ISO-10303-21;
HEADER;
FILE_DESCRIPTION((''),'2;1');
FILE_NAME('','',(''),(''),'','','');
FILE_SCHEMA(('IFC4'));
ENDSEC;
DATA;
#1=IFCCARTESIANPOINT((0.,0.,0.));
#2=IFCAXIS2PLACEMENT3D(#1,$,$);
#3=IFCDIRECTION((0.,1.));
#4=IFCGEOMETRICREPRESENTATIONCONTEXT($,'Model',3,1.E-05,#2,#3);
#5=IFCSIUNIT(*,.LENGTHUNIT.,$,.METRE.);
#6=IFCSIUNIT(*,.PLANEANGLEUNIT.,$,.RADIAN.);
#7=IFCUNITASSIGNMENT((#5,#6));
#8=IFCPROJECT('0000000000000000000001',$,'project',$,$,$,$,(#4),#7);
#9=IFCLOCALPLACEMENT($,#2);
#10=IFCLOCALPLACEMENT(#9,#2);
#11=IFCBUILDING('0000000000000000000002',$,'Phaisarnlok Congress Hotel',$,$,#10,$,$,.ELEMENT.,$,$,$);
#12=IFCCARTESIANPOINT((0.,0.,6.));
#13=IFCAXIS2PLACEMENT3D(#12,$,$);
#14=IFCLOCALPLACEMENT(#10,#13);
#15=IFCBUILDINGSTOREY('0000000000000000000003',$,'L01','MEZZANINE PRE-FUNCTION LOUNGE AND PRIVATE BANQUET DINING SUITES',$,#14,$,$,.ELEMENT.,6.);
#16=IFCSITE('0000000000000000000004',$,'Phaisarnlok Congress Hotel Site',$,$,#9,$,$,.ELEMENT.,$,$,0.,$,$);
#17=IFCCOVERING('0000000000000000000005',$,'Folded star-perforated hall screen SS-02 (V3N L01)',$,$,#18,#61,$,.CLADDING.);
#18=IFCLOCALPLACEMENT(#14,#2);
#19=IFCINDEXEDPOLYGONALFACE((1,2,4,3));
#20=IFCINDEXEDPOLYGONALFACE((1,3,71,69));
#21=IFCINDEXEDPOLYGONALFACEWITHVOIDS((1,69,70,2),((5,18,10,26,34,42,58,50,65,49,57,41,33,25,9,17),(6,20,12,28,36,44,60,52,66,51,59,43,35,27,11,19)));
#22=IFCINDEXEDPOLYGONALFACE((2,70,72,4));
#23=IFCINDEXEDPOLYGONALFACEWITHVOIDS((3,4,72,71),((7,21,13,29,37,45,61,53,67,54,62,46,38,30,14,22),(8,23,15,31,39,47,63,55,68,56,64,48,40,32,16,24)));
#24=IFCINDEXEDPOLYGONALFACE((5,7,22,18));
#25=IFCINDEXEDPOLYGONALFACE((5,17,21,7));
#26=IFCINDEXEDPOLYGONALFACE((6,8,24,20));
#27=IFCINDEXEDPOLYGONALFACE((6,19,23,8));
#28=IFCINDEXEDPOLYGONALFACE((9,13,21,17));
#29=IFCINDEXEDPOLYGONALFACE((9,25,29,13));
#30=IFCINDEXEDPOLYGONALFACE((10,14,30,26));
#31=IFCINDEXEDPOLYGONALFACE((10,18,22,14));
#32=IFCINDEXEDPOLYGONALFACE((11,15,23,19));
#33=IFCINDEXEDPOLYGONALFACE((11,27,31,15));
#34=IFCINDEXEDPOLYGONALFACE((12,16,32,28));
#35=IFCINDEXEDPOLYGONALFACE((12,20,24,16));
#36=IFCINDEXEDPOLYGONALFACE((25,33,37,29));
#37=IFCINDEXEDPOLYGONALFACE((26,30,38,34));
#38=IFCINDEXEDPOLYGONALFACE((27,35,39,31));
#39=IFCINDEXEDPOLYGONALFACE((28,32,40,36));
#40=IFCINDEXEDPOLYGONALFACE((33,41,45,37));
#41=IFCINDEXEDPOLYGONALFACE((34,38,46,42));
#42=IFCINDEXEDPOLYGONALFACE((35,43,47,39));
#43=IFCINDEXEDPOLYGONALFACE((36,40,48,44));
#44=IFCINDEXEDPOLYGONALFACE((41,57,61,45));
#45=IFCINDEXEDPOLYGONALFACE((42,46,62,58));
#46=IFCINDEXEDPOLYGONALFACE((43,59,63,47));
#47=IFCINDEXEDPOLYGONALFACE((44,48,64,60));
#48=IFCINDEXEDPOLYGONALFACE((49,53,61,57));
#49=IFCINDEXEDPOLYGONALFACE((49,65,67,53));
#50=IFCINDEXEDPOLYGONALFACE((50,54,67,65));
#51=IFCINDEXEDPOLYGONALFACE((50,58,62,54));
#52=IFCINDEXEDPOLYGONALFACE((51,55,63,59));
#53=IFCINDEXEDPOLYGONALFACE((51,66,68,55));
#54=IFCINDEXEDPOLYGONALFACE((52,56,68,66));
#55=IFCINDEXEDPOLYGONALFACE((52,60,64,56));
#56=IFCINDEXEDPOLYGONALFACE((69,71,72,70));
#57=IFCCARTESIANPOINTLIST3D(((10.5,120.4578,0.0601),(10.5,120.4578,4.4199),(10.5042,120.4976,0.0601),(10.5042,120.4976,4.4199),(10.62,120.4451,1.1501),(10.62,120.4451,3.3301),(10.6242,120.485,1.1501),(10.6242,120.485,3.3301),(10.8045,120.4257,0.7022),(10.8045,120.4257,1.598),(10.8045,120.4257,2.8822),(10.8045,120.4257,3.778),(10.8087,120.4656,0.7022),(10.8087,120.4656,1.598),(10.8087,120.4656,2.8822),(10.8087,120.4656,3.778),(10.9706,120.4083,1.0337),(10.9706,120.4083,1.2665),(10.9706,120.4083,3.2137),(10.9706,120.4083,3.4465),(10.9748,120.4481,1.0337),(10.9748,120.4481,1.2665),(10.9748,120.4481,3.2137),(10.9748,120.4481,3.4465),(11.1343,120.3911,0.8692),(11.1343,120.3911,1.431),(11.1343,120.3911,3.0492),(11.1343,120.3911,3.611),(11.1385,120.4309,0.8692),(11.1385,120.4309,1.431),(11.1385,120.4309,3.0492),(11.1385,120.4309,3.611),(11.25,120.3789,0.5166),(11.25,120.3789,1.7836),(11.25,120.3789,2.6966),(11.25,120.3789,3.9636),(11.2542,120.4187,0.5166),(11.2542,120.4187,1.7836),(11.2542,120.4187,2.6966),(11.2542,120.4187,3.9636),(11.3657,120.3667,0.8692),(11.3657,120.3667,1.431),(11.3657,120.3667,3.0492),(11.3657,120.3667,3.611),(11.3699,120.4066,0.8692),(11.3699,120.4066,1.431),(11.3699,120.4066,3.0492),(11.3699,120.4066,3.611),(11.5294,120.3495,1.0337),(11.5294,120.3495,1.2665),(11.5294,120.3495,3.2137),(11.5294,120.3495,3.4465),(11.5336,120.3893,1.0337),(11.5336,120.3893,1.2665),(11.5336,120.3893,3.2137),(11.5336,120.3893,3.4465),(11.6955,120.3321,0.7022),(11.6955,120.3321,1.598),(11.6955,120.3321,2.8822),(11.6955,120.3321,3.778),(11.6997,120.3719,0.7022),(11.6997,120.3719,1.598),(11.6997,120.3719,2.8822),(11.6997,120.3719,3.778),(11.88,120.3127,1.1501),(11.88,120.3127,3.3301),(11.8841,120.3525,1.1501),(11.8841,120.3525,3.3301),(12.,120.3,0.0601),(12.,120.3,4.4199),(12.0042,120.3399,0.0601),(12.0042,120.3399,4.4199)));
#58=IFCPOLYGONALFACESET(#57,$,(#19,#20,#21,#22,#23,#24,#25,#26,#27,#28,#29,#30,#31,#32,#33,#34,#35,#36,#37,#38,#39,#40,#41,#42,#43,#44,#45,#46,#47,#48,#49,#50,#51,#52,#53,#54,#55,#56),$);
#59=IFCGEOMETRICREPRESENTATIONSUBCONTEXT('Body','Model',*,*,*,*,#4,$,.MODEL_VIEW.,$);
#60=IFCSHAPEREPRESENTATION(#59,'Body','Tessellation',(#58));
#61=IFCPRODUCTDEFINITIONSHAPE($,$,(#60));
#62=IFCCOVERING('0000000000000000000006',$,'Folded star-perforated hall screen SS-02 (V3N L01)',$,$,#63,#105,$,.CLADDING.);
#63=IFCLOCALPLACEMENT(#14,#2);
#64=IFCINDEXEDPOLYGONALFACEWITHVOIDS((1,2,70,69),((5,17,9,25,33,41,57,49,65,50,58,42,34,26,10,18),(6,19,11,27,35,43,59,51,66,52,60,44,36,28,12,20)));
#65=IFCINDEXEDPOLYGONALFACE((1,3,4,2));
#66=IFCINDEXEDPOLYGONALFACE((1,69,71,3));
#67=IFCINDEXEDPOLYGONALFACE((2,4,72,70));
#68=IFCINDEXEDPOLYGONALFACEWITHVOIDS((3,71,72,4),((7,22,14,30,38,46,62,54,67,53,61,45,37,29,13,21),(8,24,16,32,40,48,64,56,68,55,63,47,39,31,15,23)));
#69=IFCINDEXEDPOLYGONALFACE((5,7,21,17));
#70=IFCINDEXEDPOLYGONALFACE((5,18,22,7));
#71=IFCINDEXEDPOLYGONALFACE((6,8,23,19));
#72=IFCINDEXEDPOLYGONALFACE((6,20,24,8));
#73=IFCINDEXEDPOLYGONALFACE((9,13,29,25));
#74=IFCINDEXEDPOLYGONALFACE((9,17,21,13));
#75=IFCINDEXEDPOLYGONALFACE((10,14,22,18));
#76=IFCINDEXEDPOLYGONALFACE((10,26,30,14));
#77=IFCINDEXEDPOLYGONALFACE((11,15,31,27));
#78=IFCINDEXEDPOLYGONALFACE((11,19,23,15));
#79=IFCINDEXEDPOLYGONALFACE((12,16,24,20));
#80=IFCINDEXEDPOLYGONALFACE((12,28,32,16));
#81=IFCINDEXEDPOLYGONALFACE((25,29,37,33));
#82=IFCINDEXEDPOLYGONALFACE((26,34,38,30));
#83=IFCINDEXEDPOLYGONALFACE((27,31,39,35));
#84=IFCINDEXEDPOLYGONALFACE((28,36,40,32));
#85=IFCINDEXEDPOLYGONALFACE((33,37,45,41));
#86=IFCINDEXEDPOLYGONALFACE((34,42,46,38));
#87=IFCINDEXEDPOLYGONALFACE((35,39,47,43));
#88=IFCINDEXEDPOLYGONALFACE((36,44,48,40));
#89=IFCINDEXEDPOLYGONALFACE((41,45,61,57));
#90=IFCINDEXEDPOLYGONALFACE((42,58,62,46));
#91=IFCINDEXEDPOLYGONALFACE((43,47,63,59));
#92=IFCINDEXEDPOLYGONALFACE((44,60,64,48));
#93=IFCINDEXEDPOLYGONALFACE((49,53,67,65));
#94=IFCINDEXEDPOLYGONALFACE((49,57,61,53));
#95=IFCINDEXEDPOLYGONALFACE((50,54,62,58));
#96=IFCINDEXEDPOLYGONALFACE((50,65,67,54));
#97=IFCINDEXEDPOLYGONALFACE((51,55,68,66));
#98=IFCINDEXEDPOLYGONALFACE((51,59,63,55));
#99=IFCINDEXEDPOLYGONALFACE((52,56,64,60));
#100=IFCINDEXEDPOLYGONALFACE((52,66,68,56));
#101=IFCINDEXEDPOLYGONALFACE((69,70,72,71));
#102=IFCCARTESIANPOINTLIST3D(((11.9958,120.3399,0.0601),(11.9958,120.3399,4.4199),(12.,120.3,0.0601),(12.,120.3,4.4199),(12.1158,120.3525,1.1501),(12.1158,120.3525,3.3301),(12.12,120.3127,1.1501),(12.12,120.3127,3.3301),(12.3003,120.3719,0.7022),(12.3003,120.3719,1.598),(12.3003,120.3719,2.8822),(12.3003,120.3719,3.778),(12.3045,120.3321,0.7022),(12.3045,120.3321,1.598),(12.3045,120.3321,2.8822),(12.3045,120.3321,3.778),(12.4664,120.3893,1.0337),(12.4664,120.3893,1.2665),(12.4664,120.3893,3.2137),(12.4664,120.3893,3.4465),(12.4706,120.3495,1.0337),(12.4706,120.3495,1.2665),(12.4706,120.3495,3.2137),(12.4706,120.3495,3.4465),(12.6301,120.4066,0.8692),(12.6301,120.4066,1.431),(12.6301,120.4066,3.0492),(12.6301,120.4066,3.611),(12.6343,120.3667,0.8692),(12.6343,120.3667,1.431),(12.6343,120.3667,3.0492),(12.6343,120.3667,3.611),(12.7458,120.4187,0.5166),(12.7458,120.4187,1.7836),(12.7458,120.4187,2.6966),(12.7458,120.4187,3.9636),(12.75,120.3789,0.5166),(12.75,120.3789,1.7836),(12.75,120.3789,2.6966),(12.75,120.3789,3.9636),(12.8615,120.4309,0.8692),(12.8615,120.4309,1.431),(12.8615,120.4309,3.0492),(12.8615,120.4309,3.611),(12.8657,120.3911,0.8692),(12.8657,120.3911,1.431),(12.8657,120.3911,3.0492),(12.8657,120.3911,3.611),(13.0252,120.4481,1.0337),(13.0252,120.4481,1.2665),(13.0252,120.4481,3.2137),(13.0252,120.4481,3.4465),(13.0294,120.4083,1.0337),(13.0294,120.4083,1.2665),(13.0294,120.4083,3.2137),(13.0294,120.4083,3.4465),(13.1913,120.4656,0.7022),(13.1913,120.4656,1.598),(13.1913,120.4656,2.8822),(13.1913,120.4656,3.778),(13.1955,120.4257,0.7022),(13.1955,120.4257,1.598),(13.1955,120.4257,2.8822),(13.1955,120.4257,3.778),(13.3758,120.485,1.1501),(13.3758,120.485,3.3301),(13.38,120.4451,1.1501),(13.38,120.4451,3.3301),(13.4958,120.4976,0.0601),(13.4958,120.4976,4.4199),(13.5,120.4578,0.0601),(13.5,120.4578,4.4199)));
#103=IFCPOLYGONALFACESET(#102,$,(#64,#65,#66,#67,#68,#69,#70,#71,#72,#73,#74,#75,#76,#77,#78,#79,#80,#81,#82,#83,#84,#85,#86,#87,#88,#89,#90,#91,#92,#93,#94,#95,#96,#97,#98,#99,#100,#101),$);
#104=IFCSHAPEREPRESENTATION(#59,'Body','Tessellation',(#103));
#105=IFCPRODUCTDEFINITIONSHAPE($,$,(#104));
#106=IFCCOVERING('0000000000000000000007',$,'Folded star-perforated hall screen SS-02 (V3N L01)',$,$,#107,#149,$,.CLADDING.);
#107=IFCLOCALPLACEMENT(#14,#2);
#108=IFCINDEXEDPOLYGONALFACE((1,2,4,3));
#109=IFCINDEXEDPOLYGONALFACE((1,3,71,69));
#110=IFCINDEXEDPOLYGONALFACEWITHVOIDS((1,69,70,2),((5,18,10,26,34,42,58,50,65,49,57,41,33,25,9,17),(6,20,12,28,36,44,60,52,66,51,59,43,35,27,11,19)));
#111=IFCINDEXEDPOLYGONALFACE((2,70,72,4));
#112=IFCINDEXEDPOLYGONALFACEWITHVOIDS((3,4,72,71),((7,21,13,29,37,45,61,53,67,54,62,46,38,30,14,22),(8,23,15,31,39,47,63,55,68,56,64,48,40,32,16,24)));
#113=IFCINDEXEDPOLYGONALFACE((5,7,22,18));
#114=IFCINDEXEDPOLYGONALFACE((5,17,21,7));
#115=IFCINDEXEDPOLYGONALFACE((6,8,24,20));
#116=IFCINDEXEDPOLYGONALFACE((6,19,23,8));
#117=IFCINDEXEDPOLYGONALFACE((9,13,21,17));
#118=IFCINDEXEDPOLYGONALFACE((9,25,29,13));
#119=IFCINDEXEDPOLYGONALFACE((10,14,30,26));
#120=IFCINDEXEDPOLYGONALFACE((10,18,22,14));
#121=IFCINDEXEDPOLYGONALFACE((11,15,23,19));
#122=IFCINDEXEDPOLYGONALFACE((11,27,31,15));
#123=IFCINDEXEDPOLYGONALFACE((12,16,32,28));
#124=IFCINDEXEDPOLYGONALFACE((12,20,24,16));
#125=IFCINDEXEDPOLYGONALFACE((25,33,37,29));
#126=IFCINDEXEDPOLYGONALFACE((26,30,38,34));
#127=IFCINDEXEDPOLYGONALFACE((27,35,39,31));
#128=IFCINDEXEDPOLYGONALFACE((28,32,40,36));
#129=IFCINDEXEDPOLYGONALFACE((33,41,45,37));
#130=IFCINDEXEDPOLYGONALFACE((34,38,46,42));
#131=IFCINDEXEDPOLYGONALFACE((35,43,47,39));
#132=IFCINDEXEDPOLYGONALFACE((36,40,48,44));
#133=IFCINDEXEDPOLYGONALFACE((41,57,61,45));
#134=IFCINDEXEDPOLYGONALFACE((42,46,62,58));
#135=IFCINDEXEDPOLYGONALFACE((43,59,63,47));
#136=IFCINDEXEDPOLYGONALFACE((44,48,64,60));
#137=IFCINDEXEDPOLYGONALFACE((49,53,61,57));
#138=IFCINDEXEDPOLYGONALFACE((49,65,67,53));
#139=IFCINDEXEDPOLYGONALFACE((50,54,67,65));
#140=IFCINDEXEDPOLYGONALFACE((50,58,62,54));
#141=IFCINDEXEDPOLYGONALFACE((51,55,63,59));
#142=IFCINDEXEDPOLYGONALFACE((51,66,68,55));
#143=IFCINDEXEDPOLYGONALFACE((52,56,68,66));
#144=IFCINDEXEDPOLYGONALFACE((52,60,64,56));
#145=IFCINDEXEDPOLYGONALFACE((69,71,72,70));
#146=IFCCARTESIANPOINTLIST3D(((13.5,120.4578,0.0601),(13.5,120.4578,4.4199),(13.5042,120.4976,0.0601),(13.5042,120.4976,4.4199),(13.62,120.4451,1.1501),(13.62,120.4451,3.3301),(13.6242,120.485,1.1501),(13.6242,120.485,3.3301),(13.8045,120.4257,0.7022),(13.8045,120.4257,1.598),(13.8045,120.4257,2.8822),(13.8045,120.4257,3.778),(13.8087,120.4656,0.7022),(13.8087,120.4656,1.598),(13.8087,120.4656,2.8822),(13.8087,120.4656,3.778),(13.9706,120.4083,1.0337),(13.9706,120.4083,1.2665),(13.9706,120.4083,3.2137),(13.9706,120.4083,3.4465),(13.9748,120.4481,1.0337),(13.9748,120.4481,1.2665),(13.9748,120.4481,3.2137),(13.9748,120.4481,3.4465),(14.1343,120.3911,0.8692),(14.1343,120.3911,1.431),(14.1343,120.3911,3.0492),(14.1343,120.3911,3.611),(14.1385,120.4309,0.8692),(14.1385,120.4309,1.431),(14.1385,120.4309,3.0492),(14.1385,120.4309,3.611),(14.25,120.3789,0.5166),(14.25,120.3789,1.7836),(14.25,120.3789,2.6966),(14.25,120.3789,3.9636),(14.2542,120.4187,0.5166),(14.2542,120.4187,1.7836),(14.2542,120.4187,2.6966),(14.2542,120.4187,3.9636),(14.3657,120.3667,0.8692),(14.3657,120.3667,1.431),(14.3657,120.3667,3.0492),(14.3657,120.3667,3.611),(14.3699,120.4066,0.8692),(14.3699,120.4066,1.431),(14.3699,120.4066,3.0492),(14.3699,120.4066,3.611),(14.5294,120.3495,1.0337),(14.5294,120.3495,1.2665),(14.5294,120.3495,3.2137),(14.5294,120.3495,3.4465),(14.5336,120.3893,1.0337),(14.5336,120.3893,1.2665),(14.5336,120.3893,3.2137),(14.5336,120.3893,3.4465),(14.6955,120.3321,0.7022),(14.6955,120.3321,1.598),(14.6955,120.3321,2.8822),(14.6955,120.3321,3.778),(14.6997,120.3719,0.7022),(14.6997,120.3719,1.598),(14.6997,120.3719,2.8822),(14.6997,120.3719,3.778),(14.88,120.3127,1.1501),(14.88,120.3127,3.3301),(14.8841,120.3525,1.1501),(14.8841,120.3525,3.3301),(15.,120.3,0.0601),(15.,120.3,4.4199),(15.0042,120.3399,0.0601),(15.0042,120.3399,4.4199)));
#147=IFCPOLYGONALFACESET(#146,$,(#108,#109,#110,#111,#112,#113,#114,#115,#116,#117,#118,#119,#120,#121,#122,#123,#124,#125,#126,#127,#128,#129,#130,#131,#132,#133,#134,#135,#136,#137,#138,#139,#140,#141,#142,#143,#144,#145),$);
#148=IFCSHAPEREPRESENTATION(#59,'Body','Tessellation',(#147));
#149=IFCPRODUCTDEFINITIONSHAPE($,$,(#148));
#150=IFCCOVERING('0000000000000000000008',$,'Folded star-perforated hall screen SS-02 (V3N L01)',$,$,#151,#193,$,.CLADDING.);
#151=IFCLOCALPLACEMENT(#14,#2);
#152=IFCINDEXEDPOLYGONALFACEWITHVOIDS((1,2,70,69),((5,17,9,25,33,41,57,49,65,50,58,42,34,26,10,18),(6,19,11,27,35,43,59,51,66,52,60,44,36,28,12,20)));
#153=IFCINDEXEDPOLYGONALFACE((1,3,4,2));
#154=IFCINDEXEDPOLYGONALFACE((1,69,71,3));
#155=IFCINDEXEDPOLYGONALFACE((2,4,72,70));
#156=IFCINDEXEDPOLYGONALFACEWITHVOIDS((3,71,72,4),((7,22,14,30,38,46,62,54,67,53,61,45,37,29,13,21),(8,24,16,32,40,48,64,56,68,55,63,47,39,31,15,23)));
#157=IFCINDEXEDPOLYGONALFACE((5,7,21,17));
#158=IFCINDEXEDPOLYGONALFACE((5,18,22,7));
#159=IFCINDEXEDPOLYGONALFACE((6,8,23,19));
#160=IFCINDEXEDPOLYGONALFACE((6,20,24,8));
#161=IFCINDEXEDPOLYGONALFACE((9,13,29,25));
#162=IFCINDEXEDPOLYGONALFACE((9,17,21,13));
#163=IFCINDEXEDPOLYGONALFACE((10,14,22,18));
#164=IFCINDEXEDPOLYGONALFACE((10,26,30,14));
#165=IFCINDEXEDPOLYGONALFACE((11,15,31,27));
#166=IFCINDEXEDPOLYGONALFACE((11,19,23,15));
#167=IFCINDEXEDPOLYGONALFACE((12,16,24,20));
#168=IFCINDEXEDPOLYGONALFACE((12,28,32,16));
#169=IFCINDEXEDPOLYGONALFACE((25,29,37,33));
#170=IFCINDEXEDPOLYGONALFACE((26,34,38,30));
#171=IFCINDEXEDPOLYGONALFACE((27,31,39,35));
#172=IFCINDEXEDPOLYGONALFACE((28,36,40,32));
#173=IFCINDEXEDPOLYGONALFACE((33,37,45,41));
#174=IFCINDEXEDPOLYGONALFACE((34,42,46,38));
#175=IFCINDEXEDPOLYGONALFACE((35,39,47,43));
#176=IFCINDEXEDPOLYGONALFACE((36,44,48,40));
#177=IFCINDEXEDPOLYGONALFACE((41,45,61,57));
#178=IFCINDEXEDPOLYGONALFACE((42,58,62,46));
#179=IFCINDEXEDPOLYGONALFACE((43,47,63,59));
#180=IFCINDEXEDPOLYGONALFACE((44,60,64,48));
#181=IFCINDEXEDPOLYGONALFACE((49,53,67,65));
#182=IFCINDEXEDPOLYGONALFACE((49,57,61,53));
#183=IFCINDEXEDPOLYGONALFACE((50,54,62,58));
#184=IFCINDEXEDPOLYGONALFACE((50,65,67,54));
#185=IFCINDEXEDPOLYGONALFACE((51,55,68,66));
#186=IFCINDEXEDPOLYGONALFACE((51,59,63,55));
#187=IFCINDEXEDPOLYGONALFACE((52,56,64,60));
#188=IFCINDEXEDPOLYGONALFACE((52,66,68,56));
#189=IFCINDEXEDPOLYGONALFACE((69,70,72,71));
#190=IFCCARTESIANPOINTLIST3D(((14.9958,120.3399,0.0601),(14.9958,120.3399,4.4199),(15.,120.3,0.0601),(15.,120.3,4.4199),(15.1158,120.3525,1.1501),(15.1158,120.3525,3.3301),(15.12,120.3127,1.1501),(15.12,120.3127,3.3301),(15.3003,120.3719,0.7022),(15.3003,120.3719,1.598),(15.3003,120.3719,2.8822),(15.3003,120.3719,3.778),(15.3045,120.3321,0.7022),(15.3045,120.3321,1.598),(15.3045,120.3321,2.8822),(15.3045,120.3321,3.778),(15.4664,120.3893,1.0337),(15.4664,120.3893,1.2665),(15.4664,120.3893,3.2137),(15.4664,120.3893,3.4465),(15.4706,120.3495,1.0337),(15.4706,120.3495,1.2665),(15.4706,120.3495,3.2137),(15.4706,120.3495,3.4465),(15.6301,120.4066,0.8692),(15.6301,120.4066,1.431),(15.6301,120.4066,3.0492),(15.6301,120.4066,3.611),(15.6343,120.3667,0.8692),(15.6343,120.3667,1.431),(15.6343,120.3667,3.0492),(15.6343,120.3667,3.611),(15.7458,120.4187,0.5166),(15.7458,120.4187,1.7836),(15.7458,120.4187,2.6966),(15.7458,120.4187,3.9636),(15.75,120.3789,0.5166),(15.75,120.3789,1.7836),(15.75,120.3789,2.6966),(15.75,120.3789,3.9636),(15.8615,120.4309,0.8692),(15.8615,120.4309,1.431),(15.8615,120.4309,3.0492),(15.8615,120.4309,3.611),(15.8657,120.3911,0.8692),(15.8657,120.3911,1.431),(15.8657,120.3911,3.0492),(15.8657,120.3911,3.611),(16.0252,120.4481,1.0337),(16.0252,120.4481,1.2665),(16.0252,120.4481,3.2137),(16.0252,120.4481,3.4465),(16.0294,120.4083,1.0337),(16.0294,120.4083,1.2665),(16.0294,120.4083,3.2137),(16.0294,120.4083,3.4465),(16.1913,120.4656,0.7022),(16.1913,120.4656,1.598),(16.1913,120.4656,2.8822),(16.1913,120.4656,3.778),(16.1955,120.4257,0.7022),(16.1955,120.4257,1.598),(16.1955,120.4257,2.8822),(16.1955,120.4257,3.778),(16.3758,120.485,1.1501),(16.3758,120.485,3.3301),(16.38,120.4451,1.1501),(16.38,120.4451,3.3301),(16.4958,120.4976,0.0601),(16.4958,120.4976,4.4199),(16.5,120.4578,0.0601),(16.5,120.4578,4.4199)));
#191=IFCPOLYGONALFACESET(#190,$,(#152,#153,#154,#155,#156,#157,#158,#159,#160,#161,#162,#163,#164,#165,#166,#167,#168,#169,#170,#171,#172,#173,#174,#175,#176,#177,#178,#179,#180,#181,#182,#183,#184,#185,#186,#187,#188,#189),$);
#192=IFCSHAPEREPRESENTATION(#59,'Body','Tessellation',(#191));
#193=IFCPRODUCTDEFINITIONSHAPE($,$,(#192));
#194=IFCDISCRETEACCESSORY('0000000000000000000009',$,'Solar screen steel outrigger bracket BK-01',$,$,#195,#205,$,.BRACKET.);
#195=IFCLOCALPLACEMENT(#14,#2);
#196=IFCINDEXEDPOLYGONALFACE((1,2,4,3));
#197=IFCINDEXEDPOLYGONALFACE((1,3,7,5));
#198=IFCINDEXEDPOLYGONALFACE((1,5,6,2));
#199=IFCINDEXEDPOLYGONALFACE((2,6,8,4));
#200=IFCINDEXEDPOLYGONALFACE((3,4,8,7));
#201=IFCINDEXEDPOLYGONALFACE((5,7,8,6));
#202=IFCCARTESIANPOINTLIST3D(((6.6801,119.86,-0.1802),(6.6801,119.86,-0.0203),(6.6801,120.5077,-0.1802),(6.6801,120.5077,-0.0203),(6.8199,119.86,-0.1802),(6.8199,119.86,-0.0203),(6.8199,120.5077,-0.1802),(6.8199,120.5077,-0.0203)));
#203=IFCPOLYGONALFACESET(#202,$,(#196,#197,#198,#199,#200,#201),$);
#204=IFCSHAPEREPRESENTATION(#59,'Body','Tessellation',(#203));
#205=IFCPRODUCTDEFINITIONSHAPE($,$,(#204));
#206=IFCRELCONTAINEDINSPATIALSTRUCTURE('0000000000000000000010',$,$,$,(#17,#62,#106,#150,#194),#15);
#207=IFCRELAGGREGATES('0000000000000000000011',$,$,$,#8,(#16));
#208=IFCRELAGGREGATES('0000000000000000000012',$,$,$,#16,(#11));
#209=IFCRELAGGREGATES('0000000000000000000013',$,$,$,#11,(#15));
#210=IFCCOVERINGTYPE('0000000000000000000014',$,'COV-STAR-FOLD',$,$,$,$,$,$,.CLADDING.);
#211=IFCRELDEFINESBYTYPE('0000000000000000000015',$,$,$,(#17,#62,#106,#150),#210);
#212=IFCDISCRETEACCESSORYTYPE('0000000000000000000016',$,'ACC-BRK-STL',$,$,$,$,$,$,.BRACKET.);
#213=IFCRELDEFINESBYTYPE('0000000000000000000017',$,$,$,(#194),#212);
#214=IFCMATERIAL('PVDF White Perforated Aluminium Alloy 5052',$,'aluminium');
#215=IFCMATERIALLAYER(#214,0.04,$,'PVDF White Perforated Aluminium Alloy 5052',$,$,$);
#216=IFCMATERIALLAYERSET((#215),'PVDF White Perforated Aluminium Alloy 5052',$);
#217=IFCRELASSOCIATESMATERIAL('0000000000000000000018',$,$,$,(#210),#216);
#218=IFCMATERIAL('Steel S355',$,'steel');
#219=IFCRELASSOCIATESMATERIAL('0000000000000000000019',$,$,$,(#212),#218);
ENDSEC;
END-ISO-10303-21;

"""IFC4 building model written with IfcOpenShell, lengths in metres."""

from ifc_helpers import new_model, si_unit, direction, frame, origin, origin_2d, place, context, subcontext, project, spatial, polyline, rectangle, outline, extrude, material, layer, layer_set, type_object, element, save


model = new_model("IFC4")

# Units and contexts
model_context = context("Model", 3, precision=1e-05, world=origin(), true_north=direction((0.0, 1.0)))
body_context = subcontext(model_context, "Body", "Model", "MODEL_VIEW")
ifc_project = project(units=[si_unit("LENGTHUNIT", "METRE"), si_unit("PLANEANGLEUNIT", "RADIAN")], contexts=[model_context])

# Site, building, storey
site_placement = place(None, origin())
site = spatial("IfcSite", under=ifc_project, at=site_placement, Name="Phaisarnlok Congress Hotel Site", CompositionType="ELEMENT", RefElevation=0.0)
building_placement = place(site_placement, origin())
building = spatial("IfcBuilding", under=site, at=building_placement, Name="Phaisarnlok Congress Hotel", CompositionType="ELEMENT")
storey_placement = place(building_placement, frame((0.0, 0.0, 6.0)))
storey = spatial("IfcBuildingStorey", under=building, at=storey_placement, Name="L01", Description="MEZZANINE PRE-FUNCTION LOUNGE AND PRIVATE BANQUET DINING SUITES", CompositionType="ELEMENT", Elevation=6.0)

# Coverings
ifc_material_1 = material(Name="PVDF White Perforated Aluminium Alloy 5052", Category="aluminium")
ifc_layer = layer(ifc_material_1, 0.04, Name="PVDF White Perforated Aluminium Alloy 5052")
ifc_layer_set = layer_set([ifc_layer], Name="PVDF White Perforated Aluminium Alloy 5052")
covering_type = type_object("IfcCoveringType", Name="COV-STAR-FOLD", PredefinedType="CLADDING", material=ifc_layer_set)
for number, where, z_axis, x_axis, name in (
    (1, (12.0, 120.3, 0.0601), (0.104567, 0.994518, 0.0), (-0.994518, 0.104567, 0.0), "Folded star-perforated hall screen SS-02 (V3N L01)"),
    (2, (13.5, 120.4578, 0.0601), (-0.104567, 0.994518, 0.0), (-0.994518, -0.104567, 0.0), "Folded star-perforated hall screen SS-02 (V3N L01)"),
    (3, (15.0, 120.3, 0.0601), (0.104567, 0.994518, 0.0), (-0.994518, 0.104567, 0.0), "Folded star-perforated hall screen SS-02 (V3N L01)"),
    (4, (16.5, 120.4578, 0.0601), (-0.104567, 0.994518, 0.0), (-0.994518, -0.104567, 0.0), "Folded star-perforated hall screen SS-02 (V3N L01)"),
):
    element("IfcCovering", number, at=place(storey_placement, frame(where, z_axis=z_axis, x_axis=x_axis)), inside=storey, type_object=covering_type, Name=name, PredefinedType="CLADDING", context=body_context, shape_type="SweptSolid", body=[
        extrude(outline(polyline([(0.0, 0.0), (1.5083, 0.0), (1.5083, 4.3599), (0.0, 4.3599), (0.0, 0.0)]), holes=[polyline([(1.0351, 0.9736), (1.2021, 0.6421), (0.8705, 0.8091), (0.7541, 0.4565), (0.6378, 0.8091), (0.3062, 0.6421), (0.4732, 0.9736), (0.1207, 1.09), (0.4732, 1.2064), (0.3062, 1.5379), (0.6378, 1.3709), (0.7541, 1.7235), (0.8705, 1.3709), (1.2021, 1.5379), (1.0351, 1.2064), (1.3876, 1.09), (1.0351, 0.9736)]), polyline([(1.0351, 3.1536), (1.2021, 2.8221), (0.8705, 2.9891), (0.7541, 2.6365), (0.6378, 2.9891), (0.3062, 2.8221), (0.4732, 3.1536), (0.1207, 3.27), (0.4732, 3.3864), (0.3062, 3.7179), (0.6378, 3.5509), (0.7541, 3.9035), (0.8705, 3.5509), (1.2021, 3.7179), (1.0351, 3.3864), (1.3876, 3.27), (1.0351, 3.1536)])]), origin(), (0.0, 0.0, 1.0), 0.04),
    ])

# Discrete accessory
ifc_material_2 = material(Name="Steel S355", Category="steel")
discrete_accessory_type = type_object("IfcDiscreteAccessoryType", Name="ACC-BRK-STL", PredefinedType="BRACKET", material=ifc_material_2)
for number, where, z_axis, x_axis, name in (
    (5, (6.75, 120.1838, -0.1802), (0.0, 0.0, 1.0), (1.0, 0.0, 0.0), "Solar screen steel outrigger bracket BK-01"),
):
    element("IfcDiscreteAccessory", number, at=place(storey_placement, frame(where, z_axis=z_axis, x_axis=x_axis)), inside=storey, type_object=discrete_accessory_type, Name=name, PredefinedType="BRACKET", context=body_context, shape_type="SweptSolid", body=[
        extrude(rectangle(XDim=0.1399, YDim=0.6477, at=origin_2d()), origin(), (0.0, 0.0, 1.0), 0.1599),
    ])

save(model, "model.ifc")
